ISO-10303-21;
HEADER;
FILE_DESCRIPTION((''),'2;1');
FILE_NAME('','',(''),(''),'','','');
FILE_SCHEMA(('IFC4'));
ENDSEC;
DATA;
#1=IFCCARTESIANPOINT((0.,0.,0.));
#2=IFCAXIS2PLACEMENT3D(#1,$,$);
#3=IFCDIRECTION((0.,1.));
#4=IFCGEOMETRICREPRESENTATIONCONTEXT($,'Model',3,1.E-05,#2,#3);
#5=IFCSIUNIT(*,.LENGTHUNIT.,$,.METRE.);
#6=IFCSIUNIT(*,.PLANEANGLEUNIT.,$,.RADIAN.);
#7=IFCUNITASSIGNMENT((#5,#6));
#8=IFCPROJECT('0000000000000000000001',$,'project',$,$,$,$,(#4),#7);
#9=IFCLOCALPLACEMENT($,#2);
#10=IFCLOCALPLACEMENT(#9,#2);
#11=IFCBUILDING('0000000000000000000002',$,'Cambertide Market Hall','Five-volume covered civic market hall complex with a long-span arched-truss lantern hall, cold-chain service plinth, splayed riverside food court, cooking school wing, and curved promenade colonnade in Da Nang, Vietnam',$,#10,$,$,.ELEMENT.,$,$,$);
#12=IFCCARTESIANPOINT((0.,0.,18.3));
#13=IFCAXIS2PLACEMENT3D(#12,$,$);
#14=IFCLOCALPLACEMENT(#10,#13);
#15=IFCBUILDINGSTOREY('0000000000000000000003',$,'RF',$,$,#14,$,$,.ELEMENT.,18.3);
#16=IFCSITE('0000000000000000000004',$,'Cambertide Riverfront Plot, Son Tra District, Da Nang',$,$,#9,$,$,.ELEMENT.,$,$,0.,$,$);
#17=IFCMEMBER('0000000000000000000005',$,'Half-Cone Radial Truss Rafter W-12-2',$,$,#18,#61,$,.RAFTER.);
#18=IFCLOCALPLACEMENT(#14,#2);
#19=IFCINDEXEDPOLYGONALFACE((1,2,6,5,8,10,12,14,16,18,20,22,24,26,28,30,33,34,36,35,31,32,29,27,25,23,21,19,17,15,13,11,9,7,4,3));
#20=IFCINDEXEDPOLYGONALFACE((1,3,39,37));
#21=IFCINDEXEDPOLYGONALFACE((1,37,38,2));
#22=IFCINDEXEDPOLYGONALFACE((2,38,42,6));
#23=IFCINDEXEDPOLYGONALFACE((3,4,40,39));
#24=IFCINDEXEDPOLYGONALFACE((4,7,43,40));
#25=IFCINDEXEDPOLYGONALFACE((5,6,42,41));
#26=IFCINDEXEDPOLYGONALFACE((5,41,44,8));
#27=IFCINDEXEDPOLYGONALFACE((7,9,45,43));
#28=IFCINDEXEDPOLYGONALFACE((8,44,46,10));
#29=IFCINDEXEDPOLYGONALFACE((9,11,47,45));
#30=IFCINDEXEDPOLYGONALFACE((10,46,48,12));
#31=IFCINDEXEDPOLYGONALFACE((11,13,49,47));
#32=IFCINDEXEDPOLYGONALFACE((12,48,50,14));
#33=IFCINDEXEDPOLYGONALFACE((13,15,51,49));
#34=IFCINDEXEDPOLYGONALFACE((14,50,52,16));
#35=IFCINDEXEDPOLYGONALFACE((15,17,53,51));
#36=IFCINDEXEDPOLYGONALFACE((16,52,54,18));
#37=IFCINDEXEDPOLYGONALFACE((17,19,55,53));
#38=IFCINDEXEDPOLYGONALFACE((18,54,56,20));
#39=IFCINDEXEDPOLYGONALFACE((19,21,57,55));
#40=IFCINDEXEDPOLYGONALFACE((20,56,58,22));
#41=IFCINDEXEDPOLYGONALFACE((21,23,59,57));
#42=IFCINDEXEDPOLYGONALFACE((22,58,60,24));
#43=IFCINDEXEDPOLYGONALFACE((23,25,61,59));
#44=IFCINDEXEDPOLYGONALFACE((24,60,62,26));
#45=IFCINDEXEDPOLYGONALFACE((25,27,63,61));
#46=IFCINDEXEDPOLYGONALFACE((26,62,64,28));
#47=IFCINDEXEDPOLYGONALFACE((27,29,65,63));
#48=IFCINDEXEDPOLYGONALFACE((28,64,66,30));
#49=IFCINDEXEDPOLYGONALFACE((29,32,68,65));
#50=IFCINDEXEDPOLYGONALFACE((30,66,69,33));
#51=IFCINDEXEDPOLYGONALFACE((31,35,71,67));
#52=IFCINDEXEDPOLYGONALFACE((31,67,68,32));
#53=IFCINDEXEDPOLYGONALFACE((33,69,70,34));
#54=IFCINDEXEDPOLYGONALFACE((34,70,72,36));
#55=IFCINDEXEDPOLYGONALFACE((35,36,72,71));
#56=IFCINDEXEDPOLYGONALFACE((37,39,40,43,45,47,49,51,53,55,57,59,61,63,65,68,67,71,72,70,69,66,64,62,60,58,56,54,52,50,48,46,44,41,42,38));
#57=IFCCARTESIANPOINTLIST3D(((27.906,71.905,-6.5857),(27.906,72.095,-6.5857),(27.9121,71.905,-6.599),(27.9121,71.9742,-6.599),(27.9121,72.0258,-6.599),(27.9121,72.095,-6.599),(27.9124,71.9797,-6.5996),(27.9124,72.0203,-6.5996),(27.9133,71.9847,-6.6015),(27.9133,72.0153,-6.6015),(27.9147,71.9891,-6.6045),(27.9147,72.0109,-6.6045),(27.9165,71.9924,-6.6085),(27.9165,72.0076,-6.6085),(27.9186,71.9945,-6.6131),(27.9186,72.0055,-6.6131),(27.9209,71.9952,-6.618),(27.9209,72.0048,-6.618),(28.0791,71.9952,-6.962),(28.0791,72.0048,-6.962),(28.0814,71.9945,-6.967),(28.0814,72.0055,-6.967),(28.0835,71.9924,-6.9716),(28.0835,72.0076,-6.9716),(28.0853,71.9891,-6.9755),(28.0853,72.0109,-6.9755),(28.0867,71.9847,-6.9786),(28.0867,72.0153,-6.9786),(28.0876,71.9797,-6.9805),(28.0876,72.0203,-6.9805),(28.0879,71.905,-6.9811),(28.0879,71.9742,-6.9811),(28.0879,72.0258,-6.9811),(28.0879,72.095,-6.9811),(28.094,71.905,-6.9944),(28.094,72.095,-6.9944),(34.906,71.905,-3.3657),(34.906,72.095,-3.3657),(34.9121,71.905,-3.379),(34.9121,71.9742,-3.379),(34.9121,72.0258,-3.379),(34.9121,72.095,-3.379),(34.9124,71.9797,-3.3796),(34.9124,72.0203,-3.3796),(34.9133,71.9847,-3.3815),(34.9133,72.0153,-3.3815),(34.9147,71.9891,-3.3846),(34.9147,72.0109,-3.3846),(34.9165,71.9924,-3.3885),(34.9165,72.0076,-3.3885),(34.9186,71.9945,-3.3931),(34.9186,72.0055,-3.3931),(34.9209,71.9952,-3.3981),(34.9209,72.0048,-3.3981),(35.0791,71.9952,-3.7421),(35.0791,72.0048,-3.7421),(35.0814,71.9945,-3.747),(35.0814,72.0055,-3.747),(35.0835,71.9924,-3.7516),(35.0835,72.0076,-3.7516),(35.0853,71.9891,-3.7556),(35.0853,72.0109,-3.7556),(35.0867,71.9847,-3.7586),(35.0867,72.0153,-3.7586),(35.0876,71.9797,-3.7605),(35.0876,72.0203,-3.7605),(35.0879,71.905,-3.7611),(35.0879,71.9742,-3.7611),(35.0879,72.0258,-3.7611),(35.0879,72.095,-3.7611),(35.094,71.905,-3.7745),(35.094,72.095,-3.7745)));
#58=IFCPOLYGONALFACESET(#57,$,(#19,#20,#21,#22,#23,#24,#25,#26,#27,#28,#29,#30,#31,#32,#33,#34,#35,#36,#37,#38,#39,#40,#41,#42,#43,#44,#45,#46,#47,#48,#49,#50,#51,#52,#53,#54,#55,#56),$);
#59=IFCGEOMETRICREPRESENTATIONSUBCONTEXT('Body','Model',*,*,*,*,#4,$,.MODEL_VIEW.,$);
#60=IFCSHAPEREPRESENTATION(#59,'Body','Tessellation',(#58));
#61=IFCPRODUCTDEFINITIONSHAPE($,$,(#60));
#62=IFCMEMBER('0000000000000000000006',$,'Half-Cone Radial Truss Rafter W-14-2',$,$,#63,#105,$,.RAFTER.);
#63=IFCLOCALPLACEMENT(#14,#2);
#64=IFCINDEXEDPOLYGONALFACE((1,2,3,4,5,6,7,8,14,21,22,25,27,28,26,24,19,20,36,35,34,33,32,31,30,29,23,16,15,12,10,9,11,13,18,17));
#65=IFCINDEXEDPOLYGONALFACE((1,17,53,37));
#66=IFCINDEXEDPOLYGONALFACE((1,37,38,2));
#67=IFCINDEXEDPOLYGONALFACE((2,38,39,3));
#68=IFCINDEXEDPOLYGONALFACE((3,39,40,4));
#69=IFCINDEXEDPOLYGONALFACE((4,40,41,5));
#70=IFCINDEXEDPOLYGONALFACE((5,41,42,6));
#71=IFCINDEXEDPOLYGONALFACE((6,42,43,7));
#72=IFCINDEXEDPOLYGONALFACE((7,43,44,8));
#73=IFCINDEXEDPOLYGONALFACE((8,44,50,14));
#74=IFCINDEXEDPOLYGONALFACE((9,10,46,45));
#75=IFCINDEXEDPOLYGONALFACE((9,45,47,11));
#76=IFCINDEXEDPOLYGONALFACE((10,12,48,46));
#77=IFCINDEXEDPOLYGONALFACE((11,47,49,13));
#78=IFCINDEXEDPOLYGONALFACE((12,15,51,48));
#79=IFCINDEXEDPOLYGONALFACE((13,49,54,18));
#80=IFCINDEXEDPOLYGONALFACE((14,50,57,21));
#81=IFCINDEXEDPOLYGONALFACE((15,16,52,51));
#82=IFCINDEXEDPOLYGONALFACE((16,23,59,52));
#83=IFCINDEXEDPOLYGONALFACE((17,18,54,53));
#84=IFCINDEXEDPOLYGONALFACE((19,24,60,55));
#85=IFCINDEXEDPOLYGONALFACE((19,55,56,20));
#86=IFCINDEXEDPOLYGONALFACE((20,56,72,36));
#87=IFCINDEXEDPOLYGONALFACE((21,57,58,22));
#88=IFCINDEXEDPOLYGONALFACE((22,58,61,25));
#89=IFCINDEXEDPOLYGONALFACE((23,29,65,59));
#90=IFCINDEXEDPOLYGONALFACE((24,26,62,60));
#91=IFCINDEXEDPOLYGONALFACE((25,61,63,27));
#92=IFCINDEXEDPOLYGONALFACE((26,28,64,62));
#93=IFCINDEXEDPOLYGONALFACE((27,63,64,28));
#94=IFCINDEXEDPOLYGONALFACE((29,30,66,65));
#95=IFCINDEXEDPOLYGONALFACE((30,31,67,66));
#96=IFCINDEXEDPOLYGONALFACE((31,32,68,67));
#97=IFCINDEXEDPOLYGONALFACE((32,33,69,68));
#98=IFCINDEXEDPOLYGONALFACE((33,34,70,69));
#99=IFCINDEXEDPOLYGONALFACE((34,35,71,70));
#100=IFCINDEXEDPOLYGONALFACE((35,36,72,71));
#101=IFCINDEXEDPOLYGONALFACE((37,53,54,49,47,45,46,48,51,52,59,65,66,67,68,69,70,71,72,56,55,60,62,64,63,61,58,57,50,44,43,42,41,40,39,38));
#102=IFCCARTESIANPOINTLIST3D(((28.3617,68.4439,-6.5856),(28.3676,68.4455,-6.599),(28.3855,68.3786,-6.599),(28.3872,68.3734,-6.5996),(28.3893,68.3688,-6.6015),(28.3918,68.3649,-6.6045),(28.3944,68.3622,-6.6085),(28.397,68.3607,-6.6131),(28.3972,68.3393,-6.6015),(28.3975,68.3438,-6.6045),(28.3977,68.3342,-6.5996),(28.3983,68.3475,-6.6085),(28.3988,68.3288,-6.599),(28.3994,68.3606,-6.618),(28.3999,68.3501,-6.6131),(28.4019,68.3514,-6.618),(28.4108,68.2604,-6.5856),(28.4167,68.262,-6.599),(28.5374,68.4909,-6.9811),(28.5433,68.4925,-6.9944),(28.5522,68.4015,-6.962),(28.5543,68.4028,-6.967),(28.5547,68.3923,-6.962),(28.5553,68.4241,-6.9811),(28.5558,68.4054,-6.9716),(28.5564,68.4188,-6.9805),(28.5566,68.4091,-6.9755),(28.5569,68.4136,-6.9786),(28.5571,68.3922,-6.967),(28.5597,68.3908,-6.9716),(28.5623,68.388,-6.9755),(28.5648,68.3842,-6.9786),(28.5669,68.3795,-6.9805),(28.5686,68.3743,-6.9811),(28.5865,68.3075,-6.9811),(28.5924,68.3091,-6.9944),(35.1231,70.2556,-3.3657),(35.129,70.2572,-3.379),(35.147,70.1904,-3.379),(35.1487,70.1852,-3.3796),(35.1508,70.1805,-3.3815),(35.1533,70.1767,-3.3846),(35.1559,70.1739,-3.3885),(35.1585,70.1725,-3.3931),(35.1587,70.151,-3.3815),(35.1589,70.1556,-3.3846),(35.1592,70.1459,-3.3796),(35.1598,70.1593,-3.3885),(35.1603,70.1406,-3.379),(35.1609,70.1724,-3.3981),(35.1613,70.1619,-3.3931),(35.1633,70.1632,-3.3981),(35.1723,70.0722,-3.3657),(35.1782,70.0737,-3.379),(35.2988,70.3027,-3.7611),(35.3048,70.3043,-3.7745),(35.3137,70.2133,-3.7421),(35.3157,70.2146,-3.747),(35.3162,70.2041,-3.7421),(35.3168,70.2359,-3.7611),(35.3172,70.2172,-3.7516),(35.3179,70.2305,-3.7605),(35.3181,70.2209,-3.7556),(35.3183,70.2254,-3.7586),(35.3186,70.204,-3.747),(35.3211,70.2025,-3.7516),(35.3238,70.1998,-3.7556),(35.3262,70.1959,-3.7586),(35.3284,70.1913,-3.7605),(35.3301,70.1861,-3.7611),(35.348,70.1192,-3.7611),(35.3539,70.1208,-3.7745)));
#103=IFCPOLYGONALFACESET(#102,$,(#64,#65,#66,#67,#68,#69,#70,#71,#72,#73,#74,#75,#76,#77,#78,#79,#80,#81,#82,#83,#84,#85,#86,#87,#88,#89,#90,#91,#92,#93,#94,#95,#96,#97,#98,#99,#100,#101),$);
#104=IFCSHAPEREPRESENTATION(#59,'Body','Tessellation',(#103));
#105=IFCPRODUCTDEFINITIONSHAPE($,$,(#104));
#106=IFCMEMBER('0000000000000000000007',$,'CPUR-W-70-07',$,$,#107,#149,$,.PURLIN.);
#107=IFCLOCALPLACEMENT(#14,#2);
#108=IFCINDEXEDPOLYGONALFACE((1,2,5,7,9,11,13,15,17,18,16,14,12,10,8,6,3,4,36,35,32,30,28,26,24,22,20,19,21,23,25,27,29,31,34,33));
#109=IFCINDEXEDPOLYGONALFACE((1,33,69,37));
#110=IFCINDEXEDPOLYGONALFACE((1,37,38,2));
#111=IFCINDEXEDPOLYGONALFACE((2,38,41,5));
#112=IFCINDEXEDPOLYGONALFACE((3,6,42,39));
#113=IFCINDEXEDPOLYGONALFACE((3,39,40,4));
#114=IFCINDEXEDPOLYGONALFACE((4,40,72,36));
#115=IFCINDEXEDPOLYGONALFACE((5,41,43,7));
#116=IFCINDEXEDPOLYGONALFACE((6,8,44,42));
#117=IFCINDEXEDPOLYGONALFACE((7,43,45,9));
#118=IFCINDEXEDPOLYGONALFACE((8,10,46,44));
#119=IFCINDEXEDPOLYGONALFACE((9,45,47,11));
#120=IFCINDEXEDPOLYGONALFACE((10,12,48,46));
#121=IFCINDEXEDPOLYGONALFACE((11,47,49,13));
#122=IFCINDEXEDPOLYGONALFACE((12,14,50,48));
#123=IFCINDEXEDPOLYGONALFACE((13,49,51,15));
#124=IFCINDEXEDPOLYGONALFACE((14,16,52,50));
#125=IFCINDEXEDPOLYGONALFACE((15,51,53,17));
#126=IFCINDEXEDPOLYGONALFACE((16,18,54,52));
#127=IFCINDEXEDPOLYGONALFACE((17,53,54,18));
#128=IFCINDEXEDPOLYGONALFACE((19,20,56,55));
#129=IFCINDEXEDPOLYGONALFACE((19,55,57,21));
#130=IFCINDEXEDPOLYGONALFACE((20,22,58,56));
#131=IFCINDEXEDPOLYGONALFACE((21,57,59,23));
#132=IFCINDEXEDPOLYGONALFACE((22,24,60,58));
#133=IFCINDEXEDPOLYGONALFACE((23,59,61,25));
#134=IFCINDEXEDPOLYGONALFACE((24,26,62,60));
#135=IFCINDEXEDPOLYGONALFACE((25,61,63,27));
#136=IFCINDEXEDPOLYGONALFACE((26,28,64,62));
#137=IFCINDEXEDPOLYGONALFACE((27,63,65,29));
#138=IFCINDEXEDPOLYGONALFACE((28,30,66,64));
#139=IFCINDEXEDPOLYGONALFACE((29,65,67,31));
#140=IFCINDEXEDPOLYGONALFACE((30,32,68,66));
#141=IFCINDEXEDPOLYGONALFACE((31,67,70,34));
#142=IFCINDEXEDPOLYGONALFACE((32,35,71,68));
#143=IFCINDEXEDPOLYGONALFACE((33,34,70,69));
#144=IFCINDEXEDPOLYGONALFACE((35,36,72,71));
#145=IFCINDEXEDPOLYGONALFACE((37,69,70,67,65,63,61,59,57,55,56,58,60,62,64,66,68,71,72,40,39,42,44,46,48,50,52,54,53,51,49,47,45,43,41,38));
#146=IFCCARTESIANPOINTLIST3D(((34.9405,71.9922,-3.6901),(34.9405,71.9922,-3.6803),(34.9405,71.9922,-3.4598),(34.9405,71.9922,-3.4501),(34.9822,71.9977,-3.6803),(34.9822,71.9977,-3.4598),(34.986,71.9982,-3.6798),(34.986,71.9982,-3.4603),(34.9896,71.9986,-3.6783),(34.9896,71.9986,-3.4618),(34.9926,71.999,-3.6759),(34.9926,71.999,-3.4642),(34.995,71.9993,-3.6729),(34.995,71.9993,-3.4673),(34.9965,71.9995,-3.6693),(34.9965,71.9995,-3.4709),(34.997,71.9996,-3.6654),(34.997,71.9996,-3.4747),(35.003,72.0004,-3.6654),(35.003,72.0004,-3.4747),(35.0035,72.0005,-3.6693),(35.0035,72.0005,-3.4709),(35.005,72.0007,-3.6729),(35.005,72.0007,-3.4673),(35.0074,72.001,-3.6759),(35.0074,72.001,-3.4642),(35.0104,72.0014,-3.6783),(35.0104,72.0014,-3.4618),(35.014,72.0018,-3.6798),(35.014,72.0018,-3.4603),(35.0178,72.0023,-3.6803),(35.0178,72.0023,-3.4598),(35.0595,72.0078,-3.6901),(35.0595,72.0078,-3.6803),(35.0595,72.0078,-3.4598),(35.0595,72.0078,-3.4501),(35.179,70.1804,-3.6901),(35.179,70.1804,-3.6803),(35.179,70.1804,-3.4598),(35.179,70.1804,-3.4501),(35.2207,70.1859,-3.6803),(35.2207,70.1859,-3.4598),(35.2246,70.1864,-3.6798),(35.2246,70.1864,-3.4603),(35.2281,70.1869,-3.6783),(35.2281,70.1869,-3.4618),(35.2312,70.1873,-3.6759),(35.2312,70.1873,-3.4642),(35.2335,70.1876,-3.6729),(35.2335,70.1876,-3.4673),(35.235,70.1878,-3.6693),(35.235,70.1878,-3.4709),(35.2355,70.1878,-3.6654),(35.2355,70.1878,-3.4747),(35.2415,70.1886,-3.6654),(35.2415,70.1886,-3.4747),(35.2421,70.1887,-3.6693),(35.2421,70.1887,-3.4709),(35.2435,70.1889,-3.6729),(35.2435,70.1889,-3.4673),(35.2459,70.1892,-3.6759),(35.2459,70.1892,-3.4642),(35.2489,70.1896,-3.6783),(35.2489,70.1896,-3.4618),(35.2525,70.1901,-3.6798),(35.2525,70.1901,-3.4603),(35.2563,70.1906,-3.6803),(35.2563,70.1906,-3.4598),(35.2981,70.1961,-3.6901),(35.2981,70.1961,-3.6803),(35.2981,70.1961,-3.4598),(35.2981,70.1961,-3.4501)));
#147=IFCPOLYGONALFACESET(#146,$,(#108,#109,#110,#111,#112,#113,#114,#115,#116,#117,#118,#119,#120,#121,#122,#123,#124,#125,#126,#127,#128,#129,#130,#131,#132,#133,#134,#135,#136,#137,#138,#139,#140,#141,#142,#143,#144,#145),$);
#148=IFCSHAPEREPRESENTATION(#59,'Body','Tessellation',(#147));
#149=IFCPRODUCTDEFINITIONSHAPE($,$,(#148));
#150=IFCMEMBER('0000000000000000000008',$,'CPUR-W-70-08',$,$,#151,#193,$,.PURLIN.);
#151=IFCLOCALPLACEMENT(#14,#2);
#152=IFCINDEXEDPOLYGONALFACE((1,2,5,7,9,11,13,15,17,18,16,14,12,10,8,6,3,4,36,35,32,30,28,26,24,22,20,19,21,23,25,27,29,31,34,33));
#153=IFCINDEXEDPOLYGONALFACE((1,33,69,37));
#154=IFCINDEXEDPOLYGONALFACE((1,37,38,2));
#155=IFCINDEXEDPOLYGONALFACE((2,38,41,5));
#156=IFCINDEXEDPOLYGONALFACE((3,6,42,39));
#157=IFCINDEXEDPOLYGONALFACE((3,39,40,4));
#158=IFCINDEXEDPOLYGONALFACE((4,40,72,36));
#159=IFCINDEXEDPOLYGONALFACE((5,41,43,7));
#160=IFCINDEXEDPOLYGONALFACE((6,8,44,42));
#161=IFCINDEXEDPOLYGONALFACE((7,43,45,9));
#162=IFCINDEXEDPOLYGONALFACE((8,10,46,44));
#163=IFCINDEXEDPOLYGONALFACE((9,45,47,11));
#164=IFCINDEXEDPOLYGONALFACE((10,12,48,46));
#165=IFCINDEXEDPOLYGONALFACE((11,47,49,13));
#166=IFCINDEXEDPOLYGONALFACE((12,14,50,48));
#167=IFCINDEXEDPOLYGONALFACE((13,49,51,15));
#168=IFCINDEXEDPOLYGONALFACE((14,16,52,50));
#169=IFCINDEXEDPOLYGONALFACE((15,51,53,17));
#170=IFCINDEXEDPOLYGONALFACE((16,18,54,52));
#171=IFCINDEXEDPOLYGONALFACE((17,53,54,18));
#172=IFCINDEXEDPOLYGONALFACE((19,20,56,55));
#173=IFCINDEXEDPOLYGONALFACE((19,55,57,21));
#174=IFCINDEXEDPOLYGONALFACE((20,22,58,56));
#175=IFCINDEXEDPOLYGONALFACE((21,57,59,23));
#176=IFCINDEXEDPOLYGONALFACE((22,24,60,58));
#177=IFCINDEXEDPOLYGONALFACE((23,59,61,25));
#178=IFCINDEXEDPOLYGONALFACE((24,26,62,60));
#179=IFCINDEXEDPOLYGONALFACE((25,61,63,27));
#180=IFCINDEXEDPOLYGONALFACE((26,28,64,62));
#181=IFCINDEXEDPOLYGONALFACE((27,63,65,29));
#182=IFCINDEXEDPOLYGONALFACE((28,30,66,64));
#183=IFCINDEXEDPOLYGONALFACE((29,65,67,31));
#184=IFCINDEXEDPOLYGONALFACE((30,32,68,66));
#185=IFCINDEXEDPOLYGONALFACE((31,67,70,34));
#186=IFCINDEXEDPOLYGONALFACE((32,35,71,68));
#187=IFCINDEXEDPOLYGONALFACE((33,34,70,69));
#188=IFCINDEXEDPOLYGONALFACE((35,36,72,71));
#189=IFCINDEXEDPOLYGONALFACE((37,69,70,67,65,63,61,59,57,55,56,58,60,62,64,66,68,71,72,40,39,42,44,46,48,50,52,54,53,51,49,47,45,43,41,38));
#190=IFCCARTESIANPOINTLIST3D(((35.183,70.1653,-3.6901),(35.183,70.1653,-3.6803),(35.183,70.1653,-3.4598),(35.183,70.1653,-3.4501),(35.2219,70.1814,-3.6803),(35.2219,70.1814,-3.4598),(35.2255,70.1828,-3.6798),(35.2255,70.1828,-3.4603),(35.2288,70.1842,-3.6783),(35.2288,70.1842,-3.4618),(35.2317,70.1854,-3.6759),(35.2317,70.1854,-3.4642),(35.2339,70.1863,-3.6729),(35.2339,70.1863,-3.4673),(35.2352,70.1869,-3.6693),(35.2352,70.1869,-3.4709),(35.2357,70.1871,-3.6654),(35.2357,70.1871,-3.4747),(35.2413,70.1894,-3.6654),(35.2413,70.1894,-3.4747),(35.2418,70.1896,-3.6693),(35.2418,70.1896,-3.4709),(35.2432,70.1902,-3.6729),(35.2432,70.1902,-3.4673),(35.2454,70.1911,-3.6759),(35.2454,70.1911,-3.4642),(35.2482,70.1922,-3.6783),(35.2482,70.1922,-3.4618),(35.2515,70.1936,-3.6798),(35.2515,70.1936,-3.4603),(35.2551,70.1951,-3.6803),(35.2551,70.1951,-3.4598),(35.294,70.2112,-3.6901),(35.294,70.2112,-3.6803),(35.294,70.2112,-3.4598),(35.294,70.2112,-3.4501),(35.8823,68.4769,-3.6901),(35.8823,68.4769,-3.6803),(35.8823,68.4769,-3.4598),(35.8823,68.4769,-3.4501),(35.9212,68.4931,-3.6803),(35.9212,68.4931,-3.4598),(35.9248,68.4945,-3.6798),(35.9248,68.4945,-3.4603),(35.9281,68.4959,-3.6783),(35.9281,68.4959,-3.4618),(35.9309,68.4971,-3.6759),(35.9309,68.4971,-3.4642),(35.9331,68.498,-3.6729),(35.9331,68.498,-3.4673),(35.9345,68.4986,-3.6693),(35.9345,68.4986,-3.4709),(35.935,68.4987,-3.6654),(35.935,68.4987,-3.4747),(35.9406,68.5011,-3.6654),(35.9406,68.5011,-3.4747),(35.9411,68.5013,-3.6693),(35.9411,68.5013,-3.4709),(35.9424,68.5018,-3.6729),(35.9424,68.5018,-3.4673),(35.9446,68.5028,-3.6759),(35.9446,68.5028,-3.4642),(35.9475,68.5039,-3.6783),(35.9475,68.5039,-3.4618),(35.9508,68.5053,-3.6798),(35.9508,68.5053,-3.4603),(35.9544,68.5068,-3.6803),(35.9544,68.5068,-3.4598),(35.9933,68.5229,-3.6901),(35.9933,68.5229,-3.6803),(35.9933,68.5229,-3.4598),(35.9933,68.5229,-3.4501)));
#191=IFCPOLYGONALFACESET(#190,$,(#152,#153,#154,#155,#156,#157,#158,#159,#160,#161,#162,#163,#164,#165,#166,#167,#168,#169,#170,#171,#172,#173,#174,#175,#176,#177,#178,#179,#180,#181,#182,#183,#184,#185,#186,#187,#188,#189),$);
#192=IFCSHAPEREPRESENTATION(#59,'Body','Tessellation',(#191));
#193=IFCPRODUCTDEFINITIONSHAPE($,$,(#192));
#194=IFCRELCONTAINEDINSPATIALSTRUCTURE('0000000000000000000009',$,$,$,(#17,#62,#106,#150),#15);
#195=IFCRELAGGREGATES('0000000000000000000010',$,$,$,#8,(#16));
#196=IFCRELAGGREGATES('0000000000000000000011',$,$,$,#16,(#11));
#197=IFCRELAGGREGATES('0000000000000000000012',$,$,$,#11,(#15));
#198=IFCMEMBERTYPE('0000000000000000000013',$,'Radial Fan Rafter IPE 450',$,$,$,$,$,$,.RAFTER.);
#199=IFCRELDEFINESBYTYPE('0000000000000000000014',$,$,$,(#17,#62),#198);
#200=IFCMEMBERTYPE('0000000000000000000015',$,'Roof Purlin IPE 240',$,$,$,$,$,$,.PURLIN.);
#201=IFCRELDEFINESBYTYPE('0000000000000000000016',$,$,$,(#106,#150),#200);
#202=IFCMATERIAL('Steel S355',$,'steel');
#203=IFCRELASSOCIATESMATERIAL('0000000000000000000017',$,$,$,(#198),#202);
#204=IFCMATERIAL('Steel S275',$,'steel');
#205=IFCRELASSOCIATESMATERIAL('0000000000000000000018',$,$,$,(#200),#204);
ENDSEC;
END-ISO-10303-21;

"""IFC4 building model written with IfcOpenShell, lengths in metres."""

from ifc_helpers import new_model, si_unit, direction, frame, origin, origin_2d, place, context, subcontext, project, spatial, i_section, extrude, material, material_profile, profile_set, type_object, element, save


model = new_model("IFC4")

# Units and contexts
model_context = context("Model", 3, precision=1e-05, world=origin(), true_north=direction((0.0, 1.0)))
body_context = subcontext(model_context, "Body", "Model", "MODEL_VIEW")
ifc_project = project(units=[si_unit("LENGTHUNIT", "METRE"), si_unit("PLANEANGLEUNIT", "RADIAN")], contexts=[model_context])

# Site, building, storey
site_placement = place(None, origin())
site = spatial("IfcSite", under=ifc_project, at=site_placement, Name="Cambertide Riverfront Plot, Son Tra District, Da Nang", CompositionType="ELEMENT", RefElevation=0.0)
building_placement = place(site_placement, origin())
building = spatial("IfcBuilding", under=site, at=building_placement, Name="Cambertide Market Hall", Description="Five-volume covered civic market hall complex with a long-span arched-truss lantern hall, cold-chain service plinth, splayed riverside food court, cooking school wing, and curved promenade colonnade in Da Nang, Vietnam", CompositionType="ELEMENT")
storey_placement = place(building_placement, frame((0.0, 0.0, 18.3)))
storey = spatial("IfcBuildingStorey", under=building, at=storey_placement, Name="RF", CompositionType="ELEMENT", Elevation=18.3)

# Members
ifc_material_1 = material(Name="Steel S355", Category="steel")
ifc_material_profile_1 = material_profile(ifc_material_1, i_section(OverallWidth=0.1899, OverallDepth=0.45, WebThickness=0.0095, FlangeThickness=0.0146, FilletRadius=0.021, at=origin_2d()), Name="IPE 450")
ifc_profile_set_1 = profile_set([ifc_material_profile_1], Name="Steel S355")
member_type_1 = type_object("IfcMemberType", Name="Radial Fan Rafter IPE 450", PredefinedType="RAFTER", material=ifc_profile_set_1)
for number, where, z_axis, x_axis, name in (
    (1, (35.0, 72.0, -3.5701), (-0.908492, 0.0, -0.417902), (0.0, -1.0, 0.0), "Half-Cone Radial Truss Rafter W-12-2"),
    (2, (35.2385, 70.1882, -3.5701), (-0.877535, -0.235139, -0.417902), (0.258824, -0.965925, 0.0), "Half-Cone Radial Truss Rafter W-14-2"),
):
    element("IfcMember", number, at=place(storey_placement, frame(where, z_axis=z_axis, x_axis=x_axis)), inside=storey, type_object=member_type_1, Name=name, PredefinedType="RAFTER", context=body_context, shape_type="SweptSolid", body=[
        extrude(i_section(OverallWidth=0.1899, OverallDepth=0.45, WebThickness=0.0095, FlangeThickness=0.0146, FilletRadius=0.021, at=origin_2d()), origin(), (0.0, 0.0, 1.0), 7.7051),
    ])
ifc_material_2 = material(Name="Steel S275", Category="steel")
ifc_material_profile_2 = material_profile(ifc_material_2, i_section(OverallWidth=0.1201, OverallDepth=0.24, WebThickness=0.0061, FlangeThickness=0.0098, FilletRadius=0.0149, at=origin_2d()), Name="IPE 240")
ifc_profile_set_2 = profile_set([ifc_material_profile_2], Name="Steel S275")
member_type_2 = type_object("IfcMemberType", Name="Roof Purlin IPE 240", PredefinedType="PURLIN", material=ifc_profile_set_2)
for number, where, z_axis, x_axis, name in (
    (3, (35.0, 72.0, -3.5701), (0.130527, -0.991445, 0.0), (0.991445, 0.130527, 0.0), "CPUR-W-70-07"),
    (4, (35.2385, 70.1882, -3.5701), (0.382651, -0.923893, 0.0), (0.923893, 0.382651, 0.0), "CPUR-W-70-08"),
):
    element("IfcMember", number, at=place(storey_placement, frame(where, z_axis=z_axis, x_axis=x_axis)), inside=storey, type_object=member_type_2, Name=name, PredefinedType="PURLIN", context=body_context, shape_type="SweptSolid", body=[
        extrude(i_section(OverallWidth=0.1201, OverallDepth=0.24, WebThickness=0.0061, FlangeThickness=0.0098, FilletRadius=0.0149, at=origin_2d()), origin(), (0.0, 0.0, 1.0), 1.8274),
    ])

save(model, "model.ifc")
